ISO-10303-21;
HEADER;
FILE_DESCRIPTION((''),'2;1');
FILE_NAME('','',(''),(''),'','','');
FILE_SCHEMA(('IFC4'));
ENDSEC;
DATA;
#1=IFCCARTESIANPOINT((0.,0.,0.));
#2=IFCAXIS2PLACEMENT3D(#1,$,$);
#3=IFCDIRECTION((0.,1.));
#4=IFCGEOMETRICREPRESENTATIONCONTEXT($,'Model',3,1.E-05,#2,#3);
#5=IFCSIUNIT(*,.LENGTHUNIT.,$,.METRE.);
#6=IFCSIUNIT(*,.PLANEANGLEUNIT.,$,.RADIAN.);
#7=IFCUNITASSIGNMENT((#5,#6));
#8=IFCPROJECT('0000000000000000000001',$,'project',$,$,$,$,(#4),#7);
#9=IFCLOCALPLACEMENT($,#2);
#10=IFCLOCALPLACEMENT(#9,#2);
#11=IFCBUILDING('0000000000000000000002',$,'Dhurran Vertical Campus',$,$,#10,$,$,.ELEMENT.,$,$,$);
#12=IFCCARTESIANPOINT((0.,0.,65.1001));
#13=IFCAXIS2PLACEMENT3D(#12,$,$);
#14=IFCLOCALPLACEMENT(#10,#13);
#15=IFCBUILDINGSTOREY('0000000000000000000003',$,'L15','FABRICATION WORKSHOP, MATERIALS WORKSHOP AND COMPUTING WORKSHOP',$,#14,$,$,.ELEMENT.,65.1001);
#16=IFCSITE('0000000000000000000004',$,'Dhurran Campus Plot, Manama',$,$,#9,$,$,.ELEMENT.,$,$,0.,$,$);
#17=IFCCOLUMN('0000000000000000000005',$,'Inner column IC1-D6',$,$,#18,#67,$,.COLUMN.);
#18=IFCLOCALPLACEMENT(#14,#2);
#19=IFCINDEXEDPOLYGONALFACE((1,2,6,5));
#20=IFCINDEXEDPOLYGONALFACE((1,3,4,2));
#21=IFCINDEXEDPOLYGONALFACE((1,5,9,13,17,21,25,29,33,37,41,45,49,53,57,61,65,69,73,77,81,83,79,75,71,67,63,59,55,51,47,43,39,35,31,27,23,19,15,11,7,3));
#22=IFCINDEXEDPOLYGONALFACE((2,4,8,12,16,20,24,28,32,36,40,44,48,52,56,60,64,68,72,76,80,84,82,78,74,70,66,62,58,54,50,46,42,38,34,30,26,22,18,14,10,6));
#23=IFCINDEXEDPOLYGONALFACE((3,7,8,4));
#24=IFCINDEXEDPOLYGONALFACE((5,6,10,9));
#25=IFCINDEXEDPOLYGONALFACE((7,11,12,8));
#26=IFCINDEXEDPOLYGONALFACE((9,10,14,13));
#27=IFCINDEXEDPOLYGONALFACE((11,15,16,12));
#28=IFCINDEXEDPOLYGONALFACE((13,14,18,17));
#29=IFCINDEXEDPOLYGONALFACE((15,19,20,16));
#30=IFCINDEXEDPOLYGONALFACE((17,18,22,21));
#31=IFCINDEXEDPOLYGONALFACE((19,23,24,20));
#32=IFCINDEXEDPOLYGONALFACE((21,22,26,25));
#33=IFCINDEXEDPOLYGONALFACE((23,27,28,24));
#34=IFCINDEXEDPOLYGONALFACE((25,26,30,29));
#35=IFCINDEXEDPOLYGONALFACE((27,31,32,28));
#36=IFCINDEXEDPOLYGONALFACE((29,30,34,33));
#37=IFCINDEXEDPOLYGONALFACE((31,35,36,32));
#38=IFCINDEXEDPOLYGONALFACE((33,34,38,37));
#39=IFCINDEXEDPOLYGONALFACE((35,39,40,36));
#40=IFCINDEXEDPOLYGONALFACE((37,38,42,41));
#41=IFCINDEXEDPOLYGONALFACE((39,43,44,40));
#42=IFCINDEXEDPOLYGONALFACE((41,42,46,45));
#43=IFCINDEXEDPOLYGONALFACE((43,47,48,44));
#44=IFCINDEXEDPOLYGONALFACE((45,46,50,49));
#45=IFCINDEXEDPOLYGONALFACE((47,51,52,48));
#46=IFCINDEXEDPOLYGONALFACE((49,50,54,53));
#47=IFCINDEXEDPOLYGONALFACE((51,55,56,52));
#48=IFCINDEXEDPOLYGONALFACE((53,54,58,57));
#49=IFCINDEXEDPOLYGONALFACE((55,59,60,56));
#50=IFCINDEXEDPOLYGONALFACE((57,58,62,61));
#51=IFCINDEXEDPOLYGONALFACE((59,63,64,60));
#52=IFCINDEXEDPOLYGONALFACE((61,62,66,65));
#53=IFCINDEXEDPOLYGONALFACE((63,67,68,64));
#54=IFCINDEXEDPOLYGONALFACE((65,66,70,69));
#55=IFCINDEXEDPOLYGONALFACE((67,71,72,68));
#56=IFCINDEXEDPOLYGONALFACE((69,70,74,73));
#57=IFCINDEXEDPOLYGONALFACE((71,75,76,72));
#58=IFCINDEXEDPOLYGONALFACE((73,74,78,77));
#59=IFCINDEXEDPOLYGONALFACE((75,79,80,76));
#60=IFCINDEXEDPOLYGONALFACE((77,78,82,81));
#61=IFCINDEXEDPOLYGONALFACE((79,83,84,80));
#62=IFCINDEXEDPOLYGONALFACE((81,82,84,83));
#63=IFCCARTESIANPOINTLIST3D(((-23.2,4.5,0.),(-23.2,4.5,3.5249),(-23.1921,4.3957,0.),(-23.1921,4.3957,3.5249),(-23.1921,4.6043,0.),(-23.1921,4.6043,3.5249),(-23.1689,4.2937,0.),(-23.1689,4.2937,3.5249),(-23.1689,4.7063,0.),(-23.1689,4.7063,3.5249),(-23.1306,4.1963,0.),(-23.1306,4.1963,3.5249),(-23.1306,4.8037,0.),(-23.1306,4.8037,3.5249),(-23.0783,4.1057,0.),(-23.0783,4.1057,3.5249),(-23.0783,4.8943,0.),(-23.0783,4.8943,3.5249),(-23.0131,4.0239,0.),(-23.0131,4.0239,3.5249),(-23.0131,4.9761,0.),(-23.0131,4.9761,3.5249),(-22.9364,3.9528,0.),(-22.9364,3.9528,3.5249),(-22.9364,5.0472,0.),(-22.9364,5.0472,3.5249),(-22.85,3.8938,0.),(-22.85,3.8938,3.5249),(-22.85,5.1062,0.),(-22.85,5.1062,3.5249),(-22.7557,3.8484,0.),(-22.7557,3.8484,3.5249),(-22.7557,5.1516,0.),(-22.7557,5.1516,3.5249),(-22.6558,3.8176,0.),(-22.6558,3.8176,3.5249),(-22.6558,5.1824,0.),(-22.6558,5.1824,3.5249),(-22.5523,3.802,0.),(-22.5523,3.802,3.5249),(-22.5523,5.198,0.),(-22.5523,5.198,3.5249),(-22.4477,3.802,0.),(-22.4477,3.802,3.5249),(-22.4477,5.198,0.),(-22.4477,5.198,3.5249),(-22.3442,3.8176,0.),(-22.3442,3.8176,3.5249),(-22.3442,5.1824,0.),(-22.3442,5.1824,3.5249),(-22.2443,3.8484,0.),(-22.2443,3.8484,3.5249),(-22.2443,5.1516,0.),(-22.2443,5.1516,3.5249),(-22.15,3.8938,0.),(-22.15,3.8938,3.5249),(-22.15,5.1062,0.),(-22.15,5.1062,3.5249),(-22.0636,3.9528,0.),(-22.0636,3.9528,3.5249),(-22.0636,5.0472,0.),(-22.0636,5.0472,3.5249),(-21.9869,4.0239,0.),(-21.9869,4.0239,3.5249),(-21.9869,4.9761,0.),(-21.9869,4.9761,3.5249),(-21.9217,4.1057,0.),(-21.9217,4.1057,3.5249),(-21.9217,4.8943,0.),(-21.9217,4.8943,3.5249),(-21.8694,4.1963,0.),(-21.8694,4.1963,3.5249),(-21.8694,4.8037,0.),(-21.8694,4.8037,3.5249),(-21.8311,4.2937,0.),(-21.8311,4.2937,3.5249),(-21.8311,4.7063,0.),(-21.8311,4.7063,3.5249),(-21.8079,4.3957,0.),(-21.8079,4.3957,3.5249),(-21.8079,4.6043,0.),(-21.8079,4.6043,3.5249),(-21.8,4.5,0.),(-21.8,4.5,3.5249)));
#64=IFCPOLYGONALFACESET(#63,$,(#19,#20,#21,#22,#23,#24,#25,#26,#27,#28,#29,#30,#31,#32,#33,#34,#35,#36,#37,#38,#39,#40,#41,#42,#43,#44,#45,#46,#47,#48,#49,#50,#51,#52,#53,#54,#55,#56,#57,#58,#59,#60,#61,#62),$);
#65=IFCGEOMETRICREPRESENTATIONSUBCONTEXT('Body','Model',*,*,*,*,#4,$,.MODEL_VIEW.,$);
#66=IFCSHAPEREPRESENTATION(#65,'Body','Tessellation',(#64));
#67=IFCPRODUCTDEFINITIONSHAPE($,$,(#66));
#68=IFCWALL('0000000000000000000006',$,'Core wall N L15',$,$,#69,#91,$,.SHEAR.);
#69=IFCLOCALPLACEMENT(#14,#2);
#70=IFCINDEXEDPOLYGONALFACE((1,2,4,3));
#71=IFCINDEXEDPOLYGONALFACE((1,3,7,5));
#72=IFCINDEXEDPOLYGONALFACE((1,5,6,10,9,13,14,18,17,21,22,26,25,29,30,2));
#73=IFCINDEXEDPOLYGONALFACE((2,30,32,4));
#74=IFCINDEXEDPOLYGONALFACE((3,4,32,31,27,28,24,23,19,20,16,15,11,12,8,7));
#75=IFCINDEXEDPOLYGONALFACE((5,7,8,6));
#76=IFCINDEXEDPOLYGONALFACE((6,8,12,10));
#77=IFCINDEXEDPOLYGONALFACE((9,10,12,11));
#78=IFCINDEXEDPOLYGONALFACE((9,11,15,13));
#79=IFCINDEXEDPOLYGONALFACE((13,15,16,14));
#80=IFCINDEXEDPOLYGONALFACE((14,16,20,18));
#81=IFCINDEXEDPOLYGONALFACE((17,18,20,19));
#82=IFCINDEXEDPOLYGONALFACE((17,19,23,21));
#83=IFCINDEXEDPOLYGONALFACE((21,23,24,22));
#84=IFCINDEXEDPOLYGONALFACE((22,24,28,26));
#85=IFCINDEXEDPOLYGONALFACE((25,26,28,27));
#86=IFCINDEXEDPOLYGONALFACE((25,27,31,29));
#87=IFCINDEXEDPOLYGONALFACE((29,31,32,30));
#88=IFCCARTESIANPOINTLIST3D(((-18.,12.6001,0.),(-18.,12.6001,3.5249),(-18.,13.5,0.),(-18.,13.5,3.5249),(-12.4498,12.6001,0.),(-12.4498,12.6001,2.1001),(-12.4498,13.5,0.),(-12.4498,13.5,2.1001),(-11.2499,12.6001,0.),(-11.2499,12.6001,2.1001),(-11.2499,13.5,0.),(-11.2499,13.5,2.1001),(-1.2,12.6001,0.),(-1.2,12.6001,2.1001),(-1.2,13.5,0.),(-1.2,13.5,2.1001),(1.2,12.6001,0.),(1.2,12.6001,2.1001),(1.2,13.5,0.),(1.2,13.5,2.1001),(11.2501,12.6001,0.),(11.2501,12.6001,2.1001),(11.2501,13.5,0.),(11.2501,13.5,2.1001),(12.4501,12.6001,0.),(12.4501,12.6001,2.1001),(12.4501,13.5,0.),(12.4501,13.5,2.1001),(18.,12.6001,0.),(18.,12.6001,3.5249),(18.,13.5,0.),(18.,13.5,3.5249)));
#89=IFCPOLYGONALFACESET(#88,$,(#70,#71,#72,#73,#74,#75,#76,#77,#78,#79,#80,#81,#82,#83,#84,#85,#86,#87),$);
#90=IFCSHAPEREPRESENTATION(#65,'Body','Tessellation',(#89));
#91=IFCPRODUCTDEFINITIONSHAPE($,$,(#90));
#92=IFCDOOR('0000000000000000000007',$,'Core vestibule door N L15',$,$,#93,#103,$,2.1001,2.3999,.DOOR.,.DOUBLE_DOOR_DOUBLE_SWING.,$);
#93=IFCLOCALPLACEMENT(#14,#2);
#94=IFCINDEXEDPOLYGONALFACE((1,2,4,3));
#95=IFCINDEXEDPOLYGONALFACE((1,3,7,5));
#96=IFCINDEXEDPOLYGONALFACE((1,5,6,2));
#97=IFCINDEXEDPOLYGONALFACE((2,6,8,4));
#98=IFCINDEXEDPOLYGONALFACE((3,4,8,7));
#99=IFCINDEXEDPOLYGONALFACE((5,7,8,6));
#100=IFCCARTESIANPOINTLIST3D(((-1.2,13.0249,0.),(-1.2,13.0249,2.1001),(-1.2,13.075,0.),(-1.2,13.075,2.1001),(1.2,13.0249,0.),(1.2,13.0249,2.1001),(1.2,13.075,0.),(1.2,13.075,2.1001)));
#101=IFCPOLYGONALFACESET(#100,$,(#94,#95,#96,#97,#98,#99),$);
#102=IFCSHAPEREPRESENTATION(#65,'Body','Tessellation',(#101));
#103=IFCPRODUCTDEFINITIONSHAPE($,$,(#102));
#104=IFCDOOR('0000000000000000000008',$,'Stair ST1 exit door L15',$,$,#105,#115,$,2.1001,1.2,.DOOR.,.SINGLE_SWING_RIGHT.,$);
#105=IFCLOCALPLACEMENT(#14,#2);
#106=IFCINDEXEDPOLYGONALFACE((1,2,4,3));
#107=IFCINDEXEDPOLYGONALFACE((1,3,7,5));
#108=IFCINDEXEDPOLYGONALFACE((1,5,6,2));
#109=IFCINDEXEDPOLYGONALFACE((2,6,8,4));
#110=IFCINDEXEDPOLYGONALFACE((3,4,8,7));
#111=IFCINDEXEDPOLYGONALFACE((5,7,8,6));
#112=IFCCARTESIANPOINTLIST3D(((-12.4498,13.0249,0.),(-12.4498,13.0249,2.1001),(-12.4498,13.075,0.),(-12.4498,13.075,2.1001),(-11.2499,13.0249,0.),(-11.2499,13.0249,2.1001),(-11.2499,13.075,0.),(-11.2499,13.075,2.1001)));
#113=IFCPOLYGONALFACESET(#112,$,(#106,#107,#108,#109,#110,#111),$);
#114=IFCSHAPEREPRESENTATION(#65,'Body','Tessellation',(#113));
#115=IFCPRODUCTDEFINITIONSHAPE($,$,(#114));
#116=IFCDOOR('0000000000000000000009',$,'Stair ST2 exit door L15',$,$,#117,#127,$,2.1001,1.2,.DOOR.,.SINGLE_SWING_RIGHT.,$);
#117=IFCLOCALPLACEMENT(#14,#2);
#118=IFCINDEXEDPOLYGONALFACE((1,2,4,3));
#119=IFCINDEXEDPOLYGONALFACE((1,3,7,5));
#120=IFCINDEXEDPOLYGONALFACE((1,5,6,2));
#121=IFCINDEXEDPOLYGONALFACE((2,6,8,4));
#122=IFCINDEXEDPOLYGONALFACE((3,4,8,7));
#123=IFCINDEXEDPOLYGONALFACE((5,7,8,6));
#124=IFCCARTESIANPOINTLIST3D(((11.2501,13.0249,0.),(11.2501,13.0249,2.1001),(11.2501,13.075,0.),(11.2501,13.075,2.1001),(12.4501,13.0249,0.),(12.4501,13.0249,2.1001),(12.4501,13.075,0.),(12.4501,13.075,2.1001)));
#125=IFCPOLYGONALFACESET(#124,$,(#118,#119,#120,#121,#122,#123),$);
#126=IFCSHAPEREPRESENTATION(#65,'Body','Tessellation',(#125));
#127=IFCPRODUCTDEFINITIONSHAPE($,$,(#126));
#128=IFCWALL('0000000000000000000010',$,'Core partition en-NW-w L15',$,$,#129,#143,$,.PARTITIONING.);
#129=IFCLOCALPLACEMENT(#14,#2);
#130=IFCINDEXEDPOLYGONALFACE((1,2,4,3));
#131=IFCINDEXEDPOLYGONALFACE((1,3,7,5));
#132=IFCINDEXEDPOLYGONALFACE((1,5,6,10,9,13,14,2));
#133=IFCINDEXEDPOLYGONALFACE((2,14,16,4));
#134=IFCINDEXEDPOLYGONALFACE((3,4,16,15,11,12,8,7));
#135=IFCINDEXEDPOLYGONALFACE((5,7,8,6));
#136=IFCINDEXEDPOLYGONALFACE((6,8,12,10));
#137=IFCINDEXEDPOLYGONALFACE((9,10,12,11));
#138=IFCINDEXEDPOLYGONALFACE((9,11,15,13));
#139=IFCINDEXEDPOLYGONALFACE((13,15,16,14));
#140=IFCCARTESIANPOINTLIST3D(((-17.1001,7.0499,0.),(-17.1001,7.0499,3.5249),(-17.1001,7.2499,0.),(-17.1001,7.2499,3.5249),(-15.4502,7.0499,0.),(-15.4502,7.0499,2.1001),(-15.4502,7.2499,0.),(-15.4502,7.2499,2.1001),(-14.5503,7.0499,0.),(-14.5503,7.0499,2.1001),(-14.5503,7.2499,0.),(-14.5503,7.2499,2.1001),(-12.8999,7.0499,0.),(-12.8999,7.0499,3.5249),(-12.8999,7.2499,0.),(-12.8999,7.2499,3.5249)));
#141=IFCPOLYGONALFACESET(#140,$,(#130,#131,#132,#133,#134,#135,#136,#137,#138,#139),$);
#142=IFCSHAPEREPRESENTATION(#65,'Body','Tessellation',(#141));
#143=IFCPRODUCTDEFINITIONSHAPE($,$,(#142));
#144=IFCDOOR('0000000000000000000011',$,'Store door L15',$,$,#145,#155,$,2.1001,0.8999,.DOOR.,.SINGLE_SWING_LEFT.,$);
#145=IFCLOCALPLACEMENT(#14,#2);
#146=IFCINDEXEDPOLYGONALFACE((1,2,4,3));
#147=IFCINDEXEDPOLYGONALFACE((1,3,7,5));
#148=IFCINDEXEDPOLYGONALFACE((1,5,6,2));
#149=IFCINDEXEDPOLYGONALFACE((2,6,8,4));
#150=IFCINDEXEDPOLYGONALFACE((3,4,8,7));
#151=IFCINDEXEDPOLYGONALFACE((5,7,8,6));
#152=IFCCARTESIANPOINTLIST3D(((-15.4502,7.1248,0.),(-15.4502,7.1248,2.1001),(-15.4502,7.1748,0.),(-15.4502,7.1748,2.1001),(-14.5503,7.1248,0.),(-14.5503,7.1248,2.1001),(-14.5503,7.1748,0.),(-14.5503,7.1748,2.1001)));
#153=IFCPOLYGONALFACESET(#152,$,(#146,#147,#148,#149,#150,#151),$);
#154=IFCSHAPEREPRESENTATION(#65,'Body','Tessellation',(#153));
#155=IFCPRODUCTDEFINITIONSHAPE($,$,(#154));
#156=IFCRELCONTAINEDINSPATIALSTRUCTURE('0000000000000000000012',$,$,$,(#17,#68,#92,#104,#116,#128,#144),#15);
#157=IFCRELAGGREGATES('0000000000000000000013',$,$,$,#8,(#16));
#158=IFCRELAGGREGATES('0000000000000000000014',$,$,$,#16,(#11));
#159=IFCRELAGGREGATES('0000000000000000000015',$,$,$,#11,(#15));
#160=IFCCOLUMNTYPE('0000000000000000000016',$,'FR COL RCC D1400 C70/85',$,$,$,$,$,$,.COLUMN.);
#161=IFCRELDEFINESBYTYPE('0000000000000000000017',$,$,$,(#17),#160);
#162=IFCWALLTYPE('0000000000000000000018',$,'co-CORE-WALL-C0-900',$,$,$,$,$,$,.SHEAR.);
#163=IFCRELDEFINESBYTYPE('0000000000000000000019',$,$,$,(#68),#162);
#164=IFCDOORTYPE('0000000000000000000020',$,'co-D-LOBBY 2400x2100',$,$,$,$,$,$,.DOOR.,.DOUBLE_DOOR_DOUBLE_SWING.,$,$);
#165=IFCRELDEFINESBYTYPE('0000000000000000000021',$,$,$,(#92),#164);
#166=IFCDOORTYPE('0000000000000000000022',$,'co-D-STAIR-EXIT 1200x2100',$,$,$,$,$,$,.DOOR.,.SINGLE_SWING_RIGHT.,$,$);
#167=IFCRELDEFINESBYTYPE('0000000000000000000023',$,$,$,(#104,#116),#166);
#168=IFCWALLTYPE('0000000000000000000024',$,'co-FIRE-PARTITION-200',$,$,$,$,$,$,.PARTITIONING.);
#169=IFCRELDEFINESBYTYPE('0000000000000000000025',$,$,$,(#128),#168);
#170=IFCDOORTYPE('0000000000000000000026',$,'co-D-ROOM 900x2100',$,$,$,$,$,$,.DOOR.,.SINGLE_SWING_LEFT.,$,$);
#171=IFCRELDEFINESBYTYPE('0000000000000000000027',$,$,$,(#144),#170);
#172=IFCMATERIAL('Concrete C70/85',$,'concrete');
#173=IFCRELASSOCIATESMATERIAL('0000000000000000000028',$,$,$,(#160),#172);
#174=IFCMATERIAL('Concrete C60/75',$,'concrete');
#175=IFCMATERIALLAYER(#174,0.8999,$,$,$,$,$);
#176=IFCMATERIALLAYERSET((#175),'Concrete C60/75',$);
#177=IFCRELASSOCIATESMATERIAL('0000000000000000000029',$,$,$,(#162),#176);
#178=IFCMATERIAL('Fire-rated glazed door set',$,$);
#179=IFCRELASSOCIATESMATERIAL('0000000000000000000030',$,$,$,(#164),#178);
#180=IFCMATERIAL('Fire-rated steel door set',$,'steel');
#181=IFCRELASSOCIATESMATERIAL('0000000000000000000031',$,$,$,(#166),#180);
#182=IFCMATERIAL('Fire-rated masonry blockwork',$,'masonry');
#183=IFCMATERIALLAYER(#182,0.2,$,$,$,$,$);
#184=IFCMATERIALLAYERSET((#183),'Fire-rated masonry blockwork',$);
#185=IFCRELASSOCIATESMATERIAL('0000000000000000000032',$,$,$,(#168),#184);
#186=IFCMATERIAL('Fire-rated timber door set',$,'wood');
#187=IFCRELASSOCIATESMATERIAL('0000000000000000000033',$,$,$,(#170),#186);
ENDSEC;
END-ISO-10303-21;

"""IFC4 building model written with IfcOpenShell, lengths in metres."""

from ifc_helpers import new_model, si_unit, direction, frame, frame_2d, origin, origin_2d, place, context, subcontext, project, spatial, rectangle, circle, extrude, material, layer, layer_set, material_profile, profile_set, type_object, element, fill, save


model = new_model("IFC4")

# Units and contexts
model_context = context("Model", 3, precision=1e-05, world=origin(), true_north=direction((0.0, 1.0)))
body_context = subcontext(model_context, "Body", "Model", "MODEL_VIEW")
ifc_project = project(units=[si_unit("LENGTHUNIT", "METRE"), si_unit("PLANEANGLEUNIT", "RADIAN")], contexts=[model_context])

# Site, building, storey
site_placement = place(None, origin())
site = spatial("IfcSite", under=ifc_project, at=site_placement, Name="Dhurran Campus Plot, Manama", CompositionType="ELEMENT", RefElevation=0.0)
building_placement = place(site_placement, origin())
building = spatial("IfcBuilding", under=site, at=building_placement, Name="Dhurran Vertical Campus", CompositionType="ELEMENT")
storey_placement = place(building_placement, frame((0.0, 0.0, 65.1001)))
storey = spatial("IfcBuildingStorey", under=building, at=storey_placement, Name="L15", Description="FABRICATION WORKSHOP, MATERIALS WORKSHOP AND COMPUTING WORKSHOP", CompositionType="ELEMENT", Elevation=65.1001)

# Column
ifc_material_1 = material(Name="Concrete C70/85", Category="concrete")
ifc_material_profile = material_profile(ifc_material_1, circle(Radius=0.7, at=origin_2d()), Name="RCC D1400")
ifc_profile_set = profile_set([ifc_material_profile], Name="Concrete C70/85")
column_type = type_object("IfcColumnType", Name="FR COL RCC D1400 C70/85", PredefinedType="COLUMN", material=ifc_profile_set)
column_placement = place(storey_placement, frame((-22.5, 4.5, 0.0), z_axis=(0.0, 0.0, 1.0), x_axis=(1.0, 0.0, 0.0)))
element("IfcColumn", 1, at=column_placement, inside=storey, type_object=column_type, Name="Inner column IC1-D6", PredefinedType="COLUMN", context=body_context, shape_type="SweptSolid", body=[
    extrude(circle(Radius=0.7, at=origin_2d()), origin(), (0.0, 0.0, 1.0), 3.5249),
])

# Wall, openings, doors
ifc_material_2 = material(Name="Concrete C60/75", Category="concrete")
ifc_layer_1 = layer(ifc_material_2, 0.8999)
ifc_layer_set_1 = layer_set([ifc_layer_1], Name="Concrete C60/75")
wall_type_1 = type_object("IfcWallType", Name="co-CORE-WALL-C0-900", PredefinedType="SHEAR", material=ifc_layer_set_1)
wall_1_placement = place(storey_placement, frame((-18.0, 13.05, 0.0), z_axis=(0.0, 0.0, 1.0), x_axis=(1.0, 0.0, 0.0)))
wall_1 = element("IfcWall", 2, at=wall_1_placement, inside=storey, type_object=wall_type_1, Name="Core wall N L15", PredefinedType="SHEAR", context=body_context, shape_type="SweptSolid", body=[
    extrude(rectangle(XDim=36.0, YDim=0.8999, at=frame_2d((18.0, 0.0))), origin(), (0.0, 0.0, 1.0), 3.5249),
])
opening_1_placement = place(wall_1_placement, frame((16.8, 0.0, 0.0)))
opening_1 = element("IfcOpeningElement", 3, at=opening_1_placement, cuts=wall_1, PredefinedType="OPENING", context=body_context, shape_type="SweptSolid", body=[
    extrude(rectangle(XDim=2.3999, YDim=2.1001, at=frame_2d((1.2, 1.05))), frame((0.0, 0.46, 0.0), z_axis=(0.0, -1.0, 0.0), x_axis=(1.0, 0.0, 0.0)), (0.0, 0.0, 1.0), 0.9199),
])
opening_2_placement = place(wall_1_placement, frame((5.55, 0.0, 0.0)))
opening_2 = element("IfcOpeningElement", 4, at=opening_2_placement, cuts=wall_1, PredefinedType="OPENING", context=body_context, shape_type="SweptSolid", body=[
    extrude(rectangle(XDim=1.2, YDim=2.1001, at=frame_2d((0.6001, 1.05))), frame((0.0, 0.46, 0.0), z_axis=(0.0, -1.0, 0.0), x_axis=(1.0, 0.0, 0.0)), (0.0, 0.0, 1.0), 0.9199),
])
opening_3_placement = place(wall_1_placement, frame((29.25, 0.0, 0.0)))
opening_3 = element("IfcOpeningElement", 5, at=opening_3_placement, cuts=wall_1, PredefinedType="OPENING", context=body_context, shape_type="SweptSolid", body=[
    extrude(rectangle(XDim=1.2, YDim=2.1001, at=frame_2d((0.6001, 1.05))), frame((0.0, 0.46, 0.0), z_axis=(0.0, -1.0, 0.0), x_axis=(1.0, 0.0, 0.0)), (0.0, 0.0, 1.0), 0.9199),
])
ifc_material_3 = material(Name="Fire-rated glazed door set")
door_type_1 = type_object("IfcDoorType", Name="co-D-LOBBY 2400x2100", OperationType="DOUBLE_DOOR_DOUBLE_SWING", PredefinedType="DOOR", material=ifc_material_3)
door_1_placement = place(opening_1_placement, origin())
door_1 = element("IfcDoor", 6, at=door_1_placement, inside=storey, type_object=door_type_1, Name="Core vestibule door N L15", OperationType="DOUBLE_DOOR_DOUBLE_SWING", OverallHeight=2.1001, OverallWidth=2.3999, PredefinedType="DOOR", context=body_context, shape_type="SweptSolid", body=[
    extrude(rectangle(XDim=2.3999, YDim=2.1001, at=frame_2d((1.2, 1.05))), frame((0.0, 0.0249, 0.0), z_axis=(0.0, -1.0, 0.0), x_axis=(1.0, 0.0, 0.0)), (0.0, 0.0, 1.0), 0.05),
])
fill(opening_1, door_1)
ifc_material_4 = material(Name="Fire-rated steel door set", Category="steel")
door_type_2 = type_object("IfcDoorType", Name="co-D-STAIR-EXIT 1200x2100", OperationType="SINGLE_SWING_RIGHT", PredefinedType="DOOR", material=ifc_material_4)
door_2_placement = place(opening_2_placement, origin())
door_2 = element("IfcDoor", 7, at=door_2_placement, inside=storey, type_object=door_type_2, Name="Stair ST1 exit door L15", OperationType="SINGLE_SWING_RIGHT", OverallHeight=2.1001, OverallWidth=1.2, PredefinedType="DOOR", context=body_context, shape_type="SweptSolid", body=[
    extrude(rectangle(XDim=1.2, YDim=2.1001, at=frame_2d((0.6001, 1.05))), frame((0.0, 0.0249, 0.0), z_axis=(0.0, -1.0, 0.0), x_axis=(1.0, 0.0, 0.0)), (0.0, 0.0, 1.0), 0.05),
])
fill(opening_2, door_2)
door_3_placement = place(opening_3_placement, origin())
door_3 = element("IfcDoor", 8, at=door_3_placement, inside=storey, type_object=door_type_2, Name="Stair ST2 exit door L15", OperationType="SINGLE_SWING_RIGHT", OverallHeight=2.1001, OverallWidth=1.2, PredefinedType="DOOR", context=body_context, shape_type="SweptSolid", body=[
    extrude(rectangle(XDim=1.2, YDim=2.1001, at=frame_2d((0.6001, 1.05))), frame((0.0, 0.0249, 0.0), z_axis=(0.0, -1.0, 0.0), x_axis=(1.0, 0.0, 0.0)), (0.0, 0.0, 1.0), 0.05),
])
fill(opening_3, door_3)

# Wall, opening, door
ifc_material_5 = material(Name="Fire-rated masonry blockwork", Category="masonry")
ifc_layer_2 = layer(ifc_material_5, 0.2)
ifc_layer_set_2 = layer_set([ifc_layer_2], Name="Fire-rated masonry blockwork")
wall_type_2 = type_object("IfcWallType", Name="co-FIRE-PARTITION-200", PredefinedType="PARTITIONING", material=ifc_layer_set_2)
wall_2_placement = place(storey_placement, frame((-17.1001, 7.1499, 0.0), z_axis=(0.0, 0.0, 1.0), x_axis=(1.0, 0.0, 0.0)))
wall_2 = element("IfcWall", 9, at=wall_2_placement, inside=storey, type_object=wall_type_2, Name="Core partition en-NW-w L15", PredefinedType="PARTITIONING", context=body_context, shape_type="SweptSolid", body=[
    extrude(rectangle(XDim=4.2002, YDim=0.2, at=frame_2d((2.1001, 0.0))), origin(), (0.0, 0.0, 1.0), 3.5249),
])
opening_4_placement = place(wall_2_placement, frame((1.6499, 0.0, 0.0)))
opening_4 = element("IfcOpeningElement", 10, at=opening_4_placement, cuts=wall_2, PredefinedType="OPENING", context=body_context, shape_type="SweptSolid", body=[
    extrude(rectangle(XDim=0.8999, YDim=2.1001, at=frame_2d((0.45, 1.05))), frame((0.0, 0.1099, 0.0), z_axis=(0.0, -1.0, 0.0), x_axis=(1.0, 0.0, 0.0)), (0.0, 0.0, 1.0), 0.22),
])
ifc_material_6 = material(Name="Fire-rated timber door set", Category="wood")
door_type_3 = type_object("IfcDoorType", Name="co-D-ROOM 900x2100", OperationType="SINGLE_SWING_LEFT", PredefinedType="DOOR", material=ifc_material_6)
door_4_placement = place(opening_4_placement, origin())
door_4 = element("IfcDoor", 11, at=door_4_placement, inside=storey, type_object=door_type_3, Name="Store door L15", OperationType="SINGLE_SWING_LEFT", OverallHeight=2.1001, OverallWidth=0.8999, PredefinedType="DOOR", context=body_context, shape_type="SweptSolid", body=[
    extrude(rectangle(XDim=0.8999, YDim=2.1001, at=frame_2d((0.45, 1.05))), frame((0.0, 0.0249, 0.0), z_axis=(0.0, -1.0, 0.0), x_axis=(1.0, 0.0, 0.0)), (0.0, 0.0, 1.0), 0.05),
])
fill(opening_4, door_4)

save(model, "model.ifc")
